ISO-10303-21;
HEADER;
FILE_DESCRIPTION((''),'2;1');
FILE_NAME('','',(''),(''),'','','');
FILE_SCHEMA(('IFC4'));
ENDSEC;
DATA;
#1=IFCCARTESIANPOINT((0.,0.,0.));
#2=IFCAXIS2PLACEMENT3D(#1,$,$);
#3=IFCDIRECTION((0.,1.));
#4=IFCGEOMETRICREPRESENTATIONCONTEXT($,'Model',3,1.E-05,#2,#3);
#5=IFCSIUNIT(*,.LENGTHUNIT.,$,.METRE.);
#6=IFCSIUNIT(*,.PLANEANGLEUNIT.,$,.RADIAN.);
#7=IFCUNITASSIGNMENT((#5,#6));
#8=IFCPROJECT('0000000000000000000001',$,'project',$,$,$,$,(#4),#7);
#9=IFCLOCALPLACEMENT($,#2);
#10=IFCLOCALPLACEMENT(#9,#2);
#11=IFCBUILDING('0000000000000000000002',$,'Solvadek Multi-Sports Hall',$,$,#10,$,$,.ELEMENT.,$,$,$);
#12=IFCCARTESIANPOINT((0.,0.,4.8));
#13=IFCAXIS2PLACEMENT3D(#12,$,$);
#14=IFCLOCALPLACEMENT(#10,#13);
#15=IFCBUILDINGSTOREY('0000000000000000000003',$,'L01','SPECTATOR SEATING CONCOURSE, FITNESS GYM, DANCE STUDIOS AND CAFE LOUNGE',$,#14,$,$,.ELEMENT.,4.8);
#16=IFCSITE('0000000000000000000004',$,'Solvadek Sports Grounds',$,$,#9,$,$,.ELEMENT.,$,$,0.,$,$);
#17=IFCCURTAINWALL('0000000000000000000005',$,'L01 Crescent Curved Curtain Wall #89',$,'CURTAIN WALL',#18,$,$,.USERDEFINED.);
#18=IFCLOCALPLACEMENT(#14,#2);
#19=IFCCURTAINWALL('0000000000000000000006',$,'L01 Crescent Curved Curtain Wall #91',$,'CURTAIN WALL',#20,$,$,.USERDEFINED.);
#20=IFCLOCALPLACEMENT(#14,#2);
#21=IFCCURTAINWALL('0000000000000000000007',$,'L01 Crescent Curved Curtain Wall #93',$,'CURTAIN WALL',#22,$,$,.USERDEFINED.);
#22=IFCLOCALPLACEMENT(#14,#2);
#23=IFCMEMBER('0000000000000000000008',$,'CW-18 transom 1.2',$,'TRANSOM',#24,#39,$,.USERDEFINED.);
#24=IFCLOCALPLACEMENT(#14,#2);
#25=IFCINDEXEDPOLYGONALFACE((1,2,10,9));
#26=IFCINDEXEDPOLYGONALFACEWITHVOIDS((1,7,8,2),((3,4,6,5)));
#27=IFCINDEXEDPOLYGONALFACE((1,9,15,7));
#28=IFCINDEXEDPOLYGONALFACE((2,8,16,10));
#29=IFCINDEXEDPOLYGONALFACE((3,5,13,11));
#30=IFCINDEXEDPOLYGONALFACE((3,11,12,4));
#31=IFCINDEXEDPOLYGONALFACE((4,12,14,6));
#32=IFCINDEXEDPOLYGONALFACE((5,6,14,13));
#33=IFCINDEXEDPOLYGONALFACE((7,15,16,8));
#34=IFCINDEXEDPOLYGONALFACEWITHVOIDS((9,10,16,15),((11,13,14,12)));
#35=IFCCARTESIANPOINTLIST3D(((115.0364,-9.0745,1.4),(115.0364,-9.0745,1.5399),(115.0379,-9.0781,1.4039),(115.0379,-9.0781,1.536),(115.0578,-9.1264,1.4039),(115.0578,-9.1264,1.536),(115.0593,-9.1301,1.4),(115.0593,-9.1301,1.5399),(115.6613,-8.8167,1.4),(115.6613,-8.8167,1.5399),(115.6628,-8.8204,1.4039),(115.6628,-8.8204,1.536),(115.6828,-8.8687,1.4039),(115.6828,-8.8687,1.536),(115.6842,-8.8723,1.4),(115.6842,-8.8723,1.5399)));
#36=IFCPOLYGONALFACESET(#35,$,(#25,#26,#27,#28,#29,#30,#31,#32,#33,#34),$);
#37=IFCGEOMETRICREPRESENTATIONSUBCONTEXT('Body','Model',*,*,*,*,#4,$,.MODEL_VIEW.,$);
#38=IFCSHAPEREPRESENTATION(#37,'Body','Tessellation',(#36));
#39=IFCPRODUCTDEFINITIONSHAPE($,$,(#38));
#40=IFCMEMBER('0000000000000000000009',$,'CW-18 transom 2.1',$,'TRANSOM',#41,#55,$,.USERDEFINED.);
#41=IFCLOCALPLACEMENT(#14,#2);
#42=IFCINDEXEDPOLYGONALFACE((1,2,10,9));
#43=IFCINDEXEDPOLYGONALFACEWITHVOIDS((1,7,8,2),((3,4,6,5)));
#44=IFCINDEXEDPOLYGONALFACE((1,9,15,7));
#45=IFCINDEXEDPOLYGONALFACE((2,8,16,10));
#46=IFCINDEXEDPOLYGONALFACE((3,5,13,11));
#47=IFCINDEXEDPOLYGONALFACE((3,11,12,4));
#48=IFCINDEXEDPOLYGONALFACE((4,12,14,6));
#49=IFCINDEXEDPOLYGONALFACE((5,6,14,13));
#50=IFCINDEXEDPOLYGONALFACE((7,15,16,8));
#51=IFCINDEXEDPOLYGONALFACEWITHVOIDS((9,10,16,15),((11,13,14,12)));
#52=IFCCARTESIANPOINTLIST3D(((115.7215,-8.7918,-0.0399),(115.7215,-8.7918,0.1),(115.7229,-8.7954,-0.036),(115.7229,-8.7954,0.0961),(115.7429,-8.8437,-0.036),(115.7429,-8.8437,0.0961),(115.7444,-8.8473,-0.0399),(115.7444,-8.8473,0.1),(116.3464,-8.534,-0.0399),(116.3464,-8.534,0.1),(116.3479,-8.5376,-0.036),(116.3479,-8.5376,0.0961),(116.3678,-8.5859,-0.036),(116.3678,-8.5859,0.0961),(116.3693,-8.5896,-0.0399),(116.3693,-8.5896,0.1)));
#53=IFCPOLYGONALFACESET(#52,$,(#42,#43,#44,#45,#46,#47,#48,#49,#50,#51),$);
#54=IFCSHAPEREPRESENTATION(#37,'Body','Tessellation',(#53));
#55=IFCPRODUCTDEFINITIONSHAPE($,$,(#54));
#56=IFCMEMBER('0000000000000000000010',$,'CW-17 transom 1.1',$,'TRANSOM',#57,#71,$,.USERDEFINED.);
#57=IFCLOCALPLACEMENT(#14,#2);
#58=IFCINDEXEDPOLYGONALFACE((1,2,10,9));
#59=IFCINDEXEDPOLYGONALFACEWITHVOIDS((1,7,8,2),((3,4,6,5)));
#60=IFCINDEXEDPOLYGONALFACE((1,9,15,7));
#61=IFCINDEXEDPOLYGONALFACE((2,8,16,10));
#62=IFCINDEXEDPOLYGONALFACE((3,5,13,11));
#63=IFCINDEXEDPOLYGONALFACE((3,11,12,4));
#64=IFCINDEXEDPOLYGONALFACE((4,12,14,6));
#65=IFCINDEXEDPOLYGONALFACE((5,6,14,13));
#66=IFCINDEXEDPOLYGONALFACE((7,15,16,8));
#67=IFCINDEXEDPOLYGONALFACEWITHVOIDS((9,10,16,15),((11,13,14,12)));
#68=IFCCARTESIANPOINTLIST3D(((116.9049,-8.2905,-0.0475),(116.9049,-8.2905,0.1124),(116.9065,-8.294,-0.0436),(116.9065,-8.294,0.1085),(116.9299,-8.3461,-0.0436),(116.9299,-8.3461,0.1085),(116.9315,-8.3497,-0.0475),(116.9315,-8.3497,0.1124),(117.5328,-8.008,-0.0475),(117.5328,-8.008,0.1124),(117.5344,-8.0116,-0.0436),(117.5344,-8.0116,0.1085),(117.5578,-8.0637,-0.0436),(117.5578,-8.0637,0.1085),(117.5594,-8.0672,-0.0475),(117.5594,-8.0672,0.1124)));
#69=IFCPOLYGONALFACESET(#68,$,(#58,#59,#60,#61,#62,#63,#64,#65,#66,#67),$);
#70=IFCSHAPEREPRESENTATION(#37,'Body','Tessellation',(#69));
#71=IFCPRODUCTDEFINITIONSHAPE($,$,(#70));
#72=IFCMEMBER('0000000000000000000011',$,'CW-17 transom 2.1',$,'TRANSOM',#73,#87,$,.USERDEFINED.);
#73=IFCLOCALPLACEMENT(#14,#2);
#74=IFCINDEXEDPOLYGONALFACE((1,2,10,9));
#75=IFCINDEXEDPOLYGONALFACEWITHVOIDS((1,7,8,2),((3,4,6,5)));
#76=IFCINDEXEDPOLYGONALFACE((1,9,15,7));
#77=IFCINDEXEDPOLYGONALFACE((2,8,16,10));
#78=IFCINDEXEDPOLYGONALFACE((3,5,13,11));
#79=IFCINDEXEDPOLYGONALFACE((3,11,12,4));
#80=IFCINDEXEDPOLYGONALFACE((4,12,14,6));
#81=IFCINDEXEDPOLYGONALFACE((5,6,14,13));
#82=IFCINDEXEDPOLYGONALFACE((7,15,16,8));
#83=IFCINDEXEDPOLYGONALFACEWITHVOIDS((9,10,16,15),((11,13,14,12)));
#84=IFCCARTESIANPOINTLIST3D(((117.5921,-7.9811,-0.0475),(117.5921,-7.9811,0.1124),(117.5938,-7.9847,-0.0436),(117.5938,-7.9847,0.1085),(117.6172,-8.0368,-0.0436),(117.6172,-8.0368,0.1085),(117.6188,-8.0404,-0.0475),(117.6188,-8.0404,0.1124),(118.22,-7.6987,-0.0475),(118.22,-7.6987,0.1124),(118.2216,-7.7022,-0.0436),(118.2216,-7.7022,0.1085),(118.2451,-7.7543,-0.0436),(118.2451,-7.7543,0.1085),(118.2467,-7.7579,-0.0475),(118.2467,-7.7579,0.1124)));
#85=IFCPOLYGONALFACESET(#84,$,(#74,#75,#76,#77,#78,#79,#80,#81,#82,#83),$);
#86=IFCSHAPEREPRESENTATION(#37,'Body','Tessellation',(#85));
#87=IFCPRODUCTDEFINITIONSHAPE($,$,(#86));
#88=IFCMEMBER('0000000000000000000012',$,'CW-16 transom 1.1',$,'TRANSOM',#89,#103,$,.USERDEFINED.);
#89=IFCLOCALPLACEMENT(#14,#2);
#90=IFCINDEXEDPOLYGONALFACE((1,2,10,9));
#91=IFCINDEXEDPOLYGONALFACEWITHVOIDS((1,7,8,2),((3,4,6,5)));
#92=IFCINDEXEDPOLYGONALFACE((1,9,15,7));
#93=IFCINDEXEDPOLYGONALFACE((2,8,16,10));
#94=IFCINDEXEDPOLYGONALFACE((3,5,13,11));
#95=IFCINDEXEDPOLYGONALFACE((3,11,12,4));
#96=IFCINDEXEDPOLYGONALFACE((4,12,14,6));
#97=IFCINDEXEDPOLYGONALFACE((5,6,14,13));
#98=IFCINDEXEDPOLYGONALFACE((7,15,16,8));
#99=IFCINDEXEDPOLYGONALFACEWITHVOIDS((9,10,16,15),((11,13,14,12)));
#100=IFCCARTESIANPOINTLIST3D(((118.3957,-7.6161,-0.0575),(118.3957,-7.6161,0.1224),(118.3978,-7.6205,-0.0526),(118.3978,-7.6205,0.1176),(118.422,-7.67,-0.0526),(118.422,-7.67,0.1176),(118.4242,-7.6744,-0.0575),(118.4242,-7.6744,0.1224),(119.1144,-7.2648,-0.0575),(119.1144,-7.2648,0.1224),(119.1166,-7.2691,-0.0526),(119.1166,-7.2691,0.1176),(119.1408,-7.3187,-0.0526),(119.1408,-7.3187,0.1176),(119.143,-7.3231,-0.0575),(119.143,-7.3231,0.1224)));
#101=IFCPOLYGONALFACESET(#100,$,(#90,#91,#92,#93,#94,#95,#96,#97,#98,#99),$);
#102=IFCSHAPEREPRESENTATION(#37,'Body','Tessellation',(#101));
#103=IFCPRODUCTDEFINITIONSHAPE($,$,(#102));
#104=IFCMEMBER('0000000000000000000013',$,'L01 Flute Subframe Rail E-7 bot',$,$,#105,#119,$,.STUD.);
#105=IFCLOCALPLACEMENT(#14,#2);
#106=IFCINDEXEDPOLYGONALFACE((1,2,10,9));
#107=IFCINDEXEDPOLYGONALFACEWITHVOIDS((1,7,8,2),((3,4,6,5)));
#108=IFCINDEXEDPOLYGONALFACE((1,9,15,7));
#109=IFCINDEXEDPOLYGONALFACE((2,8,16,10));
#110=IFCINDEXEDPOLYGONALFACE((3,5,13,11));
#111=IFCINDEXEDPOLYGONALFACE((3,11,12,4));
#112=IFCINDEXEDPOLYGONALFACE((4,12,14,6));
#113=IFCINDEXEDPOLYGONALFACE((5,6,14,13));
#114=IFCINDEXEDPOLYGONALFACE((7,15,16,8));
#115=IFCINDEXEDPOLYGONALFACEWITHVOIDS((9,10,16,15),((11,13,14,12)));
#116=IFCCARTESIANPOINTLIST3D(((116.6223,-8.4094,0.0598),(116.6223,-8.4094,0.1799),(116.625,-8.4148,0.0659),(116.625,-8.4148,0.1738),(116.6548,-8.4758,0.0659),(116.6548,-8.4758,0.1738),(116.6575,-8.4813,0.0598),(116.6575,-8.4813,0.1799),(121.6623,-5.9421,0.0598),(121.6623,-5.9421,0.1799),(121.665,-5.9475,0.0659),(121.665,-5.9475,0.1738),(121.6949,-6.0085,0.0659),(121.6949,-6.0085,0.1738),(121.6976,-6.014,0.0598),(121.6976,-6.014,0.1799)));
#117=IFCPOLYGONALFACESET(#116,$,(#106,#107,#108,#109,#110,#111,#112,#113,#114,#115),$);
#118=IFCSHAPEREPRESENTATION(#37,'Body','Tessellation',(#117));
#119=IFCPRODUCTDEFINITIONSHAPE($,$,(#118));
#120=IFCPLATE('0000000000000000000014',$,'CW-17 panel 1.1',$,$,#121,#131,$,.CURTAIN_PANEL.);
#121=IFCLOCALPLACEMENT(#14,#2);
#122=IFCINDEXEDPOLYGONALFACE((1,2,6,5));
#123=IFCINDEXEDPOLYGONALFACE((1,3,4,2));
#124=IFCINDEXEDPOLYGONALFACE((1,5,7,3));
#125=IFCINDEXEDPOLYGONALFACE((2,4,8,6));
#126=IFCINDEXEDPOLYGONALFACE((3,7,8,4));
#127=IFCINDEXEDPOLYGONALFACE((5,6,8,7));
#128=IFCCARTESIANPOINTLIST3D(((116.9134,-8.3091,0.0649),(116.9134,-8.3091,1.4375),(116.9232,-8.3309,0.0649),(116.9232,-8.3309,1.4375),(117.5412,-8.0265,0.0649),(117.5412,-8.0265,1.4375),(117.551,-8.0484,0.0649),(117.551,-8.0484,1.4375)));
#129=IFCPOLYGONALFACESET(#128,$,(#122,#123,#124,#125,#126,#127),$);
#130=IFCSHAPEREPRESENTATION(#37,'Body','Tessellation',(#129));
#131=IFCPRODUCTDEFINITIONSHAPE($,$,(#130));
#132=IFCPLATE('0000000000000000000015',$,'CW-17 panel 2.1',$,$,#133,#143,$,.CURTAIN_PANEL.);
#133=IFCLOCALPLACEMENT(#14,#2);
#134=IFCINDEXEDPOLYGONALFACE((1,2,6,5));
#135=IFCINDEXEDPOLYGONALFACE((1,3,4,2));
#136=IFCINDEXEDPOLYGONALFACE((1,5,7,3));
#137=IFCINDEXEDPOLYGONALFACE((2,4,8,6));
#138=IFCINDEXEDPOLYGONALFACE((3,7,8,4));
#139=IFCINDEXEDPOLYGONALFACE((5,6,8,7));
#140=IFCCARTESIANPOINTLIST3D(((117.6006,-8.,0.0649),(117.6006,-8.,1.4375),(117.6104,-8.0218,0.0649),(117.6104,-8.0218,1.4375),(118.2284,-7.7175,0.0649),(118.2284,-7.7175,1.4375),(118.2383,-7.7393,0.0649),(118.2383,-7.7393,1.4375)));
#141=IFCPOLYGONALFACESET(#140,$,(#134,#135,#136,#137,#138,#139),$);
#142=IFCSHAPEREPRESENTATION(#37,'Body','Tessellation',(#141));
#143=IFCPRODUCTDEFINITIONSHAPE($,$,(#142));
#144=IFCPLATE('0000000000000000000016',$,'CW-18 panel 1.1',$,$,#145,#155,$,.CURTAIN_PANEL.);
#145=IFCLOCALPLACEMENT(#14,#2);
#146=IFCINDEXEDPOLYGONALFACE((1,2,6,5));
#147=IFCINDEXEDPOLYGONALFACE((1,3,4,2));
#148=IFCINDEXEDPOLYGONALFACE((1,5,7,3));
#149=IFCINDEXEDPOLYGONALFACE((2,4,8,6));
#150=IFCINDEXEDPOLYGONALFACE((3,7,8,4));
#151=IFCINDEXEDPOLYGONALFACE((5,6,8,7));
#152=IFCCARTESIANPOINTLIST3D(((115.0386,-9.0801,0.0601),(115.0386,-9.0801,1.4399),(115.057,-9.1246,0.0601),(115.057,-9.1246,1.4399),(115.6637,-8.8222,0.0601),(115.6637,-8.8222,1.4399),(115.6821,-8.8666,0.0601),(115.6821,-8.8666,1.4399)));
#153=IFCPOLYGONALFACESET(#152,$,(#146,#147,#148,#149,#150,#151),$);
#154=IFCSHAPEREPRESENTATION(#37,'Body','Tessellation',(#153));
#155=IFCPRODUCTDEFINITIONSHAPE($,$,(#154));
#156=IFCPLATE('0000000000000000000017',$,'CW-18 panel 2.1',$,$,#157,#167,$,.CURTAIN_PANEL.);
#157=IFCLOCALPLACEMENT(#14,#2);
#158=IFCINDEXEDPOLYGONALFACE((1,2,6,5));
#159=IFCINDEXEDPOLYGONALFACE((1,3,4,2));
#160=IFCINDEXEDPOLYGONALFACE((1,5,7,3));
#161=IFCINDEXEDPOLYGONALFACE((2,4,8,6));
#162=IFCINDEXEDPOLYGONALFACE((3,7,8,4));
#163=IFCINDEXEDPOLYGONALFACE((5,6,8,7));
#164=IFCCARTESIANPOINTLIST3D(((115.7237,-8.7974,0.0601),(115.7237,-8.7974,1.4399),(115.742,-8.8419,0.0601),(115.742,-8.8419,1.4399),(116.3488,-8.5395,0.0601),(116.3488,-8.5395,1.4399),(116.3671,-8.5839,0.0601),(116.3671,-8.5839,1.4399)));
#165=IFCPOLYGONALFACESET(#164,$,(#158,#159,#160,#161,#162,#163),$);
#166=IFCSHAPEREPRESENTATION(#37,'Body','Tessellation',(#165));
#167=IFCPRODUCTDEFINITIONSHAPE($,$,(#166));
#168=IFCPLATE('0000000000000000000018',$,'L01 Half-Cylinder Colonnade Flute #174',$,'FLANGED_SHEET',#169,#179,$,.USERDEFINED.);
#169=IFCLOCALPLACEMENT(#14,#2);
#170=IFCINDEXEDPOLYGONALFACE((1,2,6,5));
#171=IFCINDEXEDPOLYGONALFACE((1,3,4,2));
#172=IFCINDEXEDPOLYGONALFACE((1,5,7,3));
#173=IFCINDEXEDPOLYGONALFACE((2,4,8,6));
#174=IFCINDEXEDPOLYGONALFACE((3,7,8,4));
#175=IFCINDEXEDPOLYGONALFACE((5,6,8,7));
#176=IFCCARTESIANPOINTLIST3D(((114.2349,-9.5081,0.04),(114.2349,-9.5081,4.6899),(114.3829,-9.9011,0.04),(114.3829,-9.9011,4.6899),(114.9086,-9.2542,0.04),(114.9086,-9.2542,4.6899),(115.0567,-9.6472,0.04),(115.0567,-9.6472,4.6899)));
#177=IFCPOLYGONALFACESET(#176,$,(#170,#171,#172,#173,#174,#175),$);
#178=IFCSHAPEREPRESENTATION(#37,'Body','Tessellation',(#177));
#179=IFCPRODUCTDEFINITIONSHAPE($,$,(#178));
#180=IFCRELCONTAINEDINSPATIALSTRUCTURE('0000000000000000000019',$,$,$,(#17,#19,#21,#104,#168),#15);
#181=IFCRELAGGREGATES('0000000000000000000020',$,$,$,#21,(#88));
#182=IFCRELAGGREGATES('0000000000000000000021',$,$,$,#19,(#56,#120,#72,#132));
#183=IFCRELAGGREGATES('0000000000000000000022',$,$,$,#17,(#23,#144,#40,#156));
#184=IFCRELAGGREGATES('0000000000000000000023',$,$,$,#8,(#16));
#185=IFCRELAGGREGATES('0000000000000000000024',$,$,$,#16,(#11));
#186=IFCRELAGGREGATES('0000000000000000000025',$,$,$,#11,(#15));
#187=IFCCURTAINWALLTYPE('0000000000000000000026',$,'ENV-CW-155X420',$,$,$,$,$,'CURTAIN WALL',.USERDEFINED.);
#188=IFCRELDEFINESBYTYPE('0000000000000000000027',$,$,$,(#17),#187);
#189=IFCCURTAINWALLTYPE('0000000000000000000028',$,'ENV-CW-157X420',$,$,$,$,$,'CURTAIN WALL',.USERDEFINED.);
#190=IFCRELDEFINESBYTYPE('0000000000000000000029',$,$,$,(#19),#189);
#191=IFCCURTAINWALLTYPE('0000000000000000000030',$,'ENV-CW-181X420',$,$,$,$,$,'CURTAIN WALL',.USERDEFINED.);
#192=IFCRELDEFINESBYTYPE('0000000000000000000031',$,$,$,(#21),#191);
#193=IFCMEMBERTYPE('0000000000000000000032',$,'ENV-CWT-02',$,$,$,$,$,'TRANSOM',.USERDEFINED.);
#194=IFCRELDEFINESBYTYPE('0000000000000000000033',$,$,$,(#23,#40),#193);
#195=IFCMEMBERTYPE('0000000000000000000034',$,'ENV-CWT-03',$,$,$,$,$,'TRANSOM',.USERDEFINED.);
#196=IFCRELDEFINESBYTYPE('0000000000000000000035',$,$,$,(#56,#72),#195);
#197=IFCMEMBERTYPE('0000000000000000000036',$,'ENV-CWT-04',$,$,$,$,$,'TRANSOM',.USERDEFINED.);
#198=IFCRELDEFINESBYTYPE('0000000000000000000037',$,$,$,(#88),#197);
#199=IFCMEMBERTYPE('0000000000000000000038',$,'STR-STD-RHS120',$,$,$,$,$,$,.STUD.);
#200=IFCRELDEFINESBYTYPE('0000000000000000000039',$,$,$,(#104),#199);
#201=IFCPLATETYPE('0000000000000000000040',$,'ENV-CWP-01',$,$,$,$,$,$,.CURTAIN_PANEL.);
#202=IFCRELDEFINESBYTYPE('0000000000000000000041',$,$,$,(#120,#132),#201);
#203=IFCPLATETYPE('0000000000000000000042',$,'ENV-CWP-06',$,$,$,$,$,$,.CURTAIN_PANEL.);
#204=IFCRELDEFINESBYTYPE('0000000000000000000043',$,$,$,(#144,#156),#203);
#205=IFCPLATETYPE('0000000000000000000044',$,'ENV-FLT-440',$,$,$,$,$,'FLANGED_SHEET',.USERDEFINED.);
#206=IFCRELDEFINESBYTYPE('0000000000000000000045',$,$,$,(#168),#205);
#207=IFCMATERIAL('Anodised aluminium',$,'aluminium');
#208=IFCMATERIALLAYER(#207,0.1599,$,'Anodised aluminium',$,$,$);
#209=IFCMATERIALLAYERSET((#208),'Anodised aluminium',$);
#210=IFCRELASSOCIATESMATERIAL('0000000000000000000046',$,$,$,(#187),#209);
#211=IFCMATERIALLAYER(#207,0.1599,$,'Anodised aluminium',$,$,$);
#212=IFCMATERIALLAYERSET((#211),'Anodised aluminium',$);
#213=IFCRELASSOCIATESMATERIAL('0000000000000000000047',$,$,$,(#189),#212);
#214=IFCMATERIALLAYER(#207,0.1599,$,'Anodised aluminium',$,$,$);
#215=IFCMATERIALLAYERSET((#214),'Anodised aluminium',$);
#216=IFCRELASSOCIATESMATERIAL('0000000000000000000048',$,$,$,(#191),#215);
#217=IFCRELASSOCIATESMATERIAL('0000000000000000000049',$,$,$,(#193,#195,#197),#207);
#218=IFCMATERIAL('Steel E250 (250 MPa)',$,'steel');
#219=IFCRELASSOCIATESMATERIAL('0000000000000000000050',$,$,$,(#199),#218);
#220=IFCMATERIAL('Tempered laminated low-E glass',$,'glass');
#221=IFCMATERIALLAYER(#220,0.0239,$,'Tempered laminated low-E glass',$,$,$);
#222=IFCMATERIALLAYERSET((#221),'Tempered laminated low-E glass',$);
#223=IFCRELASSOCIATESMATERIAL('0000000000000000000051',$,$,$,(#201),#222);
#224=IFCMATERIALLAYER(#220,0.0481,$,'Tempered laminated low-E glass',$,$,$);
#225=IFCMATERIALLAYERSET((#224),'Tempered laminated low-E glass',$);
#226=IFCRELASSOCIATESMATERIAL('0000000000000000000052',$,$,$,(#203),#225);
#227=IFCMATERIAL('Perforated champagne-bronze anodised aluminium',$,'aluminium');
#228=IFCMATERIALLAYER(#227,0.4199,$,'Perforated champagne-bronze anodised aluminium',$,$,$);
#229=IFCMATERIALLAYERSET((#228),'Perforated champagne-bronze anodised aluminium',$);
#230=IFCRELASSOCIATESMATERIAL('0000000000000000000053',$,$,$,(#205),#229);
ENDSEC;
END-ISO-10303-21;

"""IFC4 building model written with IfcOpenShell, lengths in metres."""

from ifc_helpers import new_model, si_unit, direction, frame, origin, origin_2d, place, context, subcontext, project, spatial, rectangle, hollow_rectangle, extrude, material, layer, layer_set, material_profile, profile_set, type_object, element, aggregate, save


model = new_model("IFC4")

# Units and contexts
model_context = context("Model", 3, precision=1e-05, world=origin(), true_north=direction((0.0, 1.0)))
body_context = subcontext(model_context, "Body", "Model", "MODEL_VIEW")
ifc_project = project(units=[si_unit("LENGTHUNIT", "METRE"), si_unit("PLANEANGLEUNIT", "RADIAN")], contexts=[model_context])

# Site, building, storey
site_placement = place(None, origin())
site = spatial("IfcSite", under=ifc_project, at=site_placement, Name="Solvadek Sports Grounds", CompositionType="ELEMENT", RefElevation=0.0)
building_placement = place(site_placement, origin())
building = spatial("IfcBuilding", under=site, at=building_placement, Name="Solvadek Multi-Sports Hall", CompositionType="ELEMENT")
storey_placement = place(building_placement, frame((0.0, 0.0, 4.8)))
storey = spatial("IfcBuildingStorey", under=building, at=storey_placement, Name="L01", Description="SPECTATOR SEATING CONCOURSE, FITNESS GYM, DANCE STUDIOS AND CAFE LOUNGE", CompositionType="ELEMENT", Elevation=4.8)

# Shared definitions
ifc_material_1 = material(Name="Anodised aluminium", Category="aluminium")

# Curtain walls
ifc_layer_1 = layer(ifc_material_1, 0.1599, Name="Anodised aluminium")
ifc_layer_set_1 = layer_set([ifc_layer_1], Name="Anodised aluminium")
curtain_wall_type_1 = type_object("IfcCurtainWallType", Name="ENV-CW-155X420", ElementType="CURTAIN WALL", PredefinedType="USERDEFINED", material=ifc_layer_set_1)
curtain_wall_1_placement = place(storey_placement, origin())
curtain_wall_1 = element("IfcCurtainWall", 1, at=curtain_wall_1_placement, inside=storey, type_object=curtain_wall_type_1, Name="L01 Crescent Curved Curtain Wall #89", ObjectType="CURTAIN WALL", PredefinedType="USERDEFINED")
ifc_layer_2 = layer(ifc_material_1, 0.1599, Name="Anodised aluminium")
ifc_layer_set_2 = layer_set([ifc_layer_2], Name="Anodised aluminium")
curtain_wall_type_2 = type_object("IfcCurtainWallType", Name="ENV-CW-157X420", ElementType="CURTAIN WALL", PredefinedType="USERDEFINED", material=ifc_layer_set_2)
curtain_wall_2_placement = place(storey_placement, origin())
curtain_wall_2 = element("IfcCurtainWall", 2, at=curtain_wall_2_placement, inside=storey, type_object=curtain_wall_type_2, Name="L01 Crescent Curved Curtain Wall #91", ObjectType="CURTAIN WALL", PredefinedType="USERDEFINED")

# Curtain wall
ifc_layer_3 = layer(ifc_material_1, 0.1599, Name="Anodised aluminium")
ifc_layer_set_3 = layer_set([ifc_layer_3], Name="Anodised aluminium")
curtain_wall_type_3 = type_object("IfcCurtainWallType", Name="ENV-CW-181X420", ElementType="CURTAIN WALL", PredefinedType="USERDEFINED", material=ifc_layer_set_3)
curtain_wall_3_placement = place(storey_placement, origin())
curtain_wall_3 = element("IfcCurtainWall", 3, at=curtain_wall_3_placement, inside=storey, type_object=curtain_wall_type_3, Name="L01 Crescent Curved Curtain Wall #93", ObjectType="CURTAIN WALL", PredefinedType="USERDEFINED")

# Members
ifc_material_profile_1 = material_profile(ifc_material_1, hollow_rectangle(XDim=0.0601, YDim=0.1399, WallThickness=0.0039, at=origin_2d()), Name="ALU-T 140x60x4")
ifc_profile_set_1 = profile_set([ifc_material_profile_1], Name="Anodised aluminium")
member_type_1 = type_object("IfcMemberType", Name="ENV-CWT-02", ElementType="TRANSOM", PredefinedType="USERDEFINED", material=ifc_profile_set_1)
member_1_placement = place(storey_placement, frame((115.0479, -9.1023, 1.47), z_axis=(0.924439, 0.381331, 0.0), x_axis=(-0.381331, 0.924439, 0.0)))
member_1 = element("IfcMember", 4, at=member_1_placement, type_object=member_type_1, Name="CW-18 transom 1.2", ObjectType="TRANSOM", PredefinedType="USERDEFINED", context=body_context, shape_type="SweptSolid", body=[
    extrude(hollow_rectangle(XDim=0.0601, YDim=0.1399, WallThickness=0.0039, at=origin_2d()), origin(), (0.0, 0.0, 1.0), 0.676),
])
member_2_placement = place(storey_placement, frame((115.7329, -8.8196, 0.03), z_axis=(0.924439, 0.381331, 0.0), x_axis=(-0.381331, 0.924439, 0.0)))
member_2 = element("IfcMember", 5, at=member_2_placement, type_object=member_type_1, Name="CW-18 transom 2.1", ObjectType="TRANSOM", PredefinedType="USERDEFINED", context=body_context, shape_type="SweptSolid", body=[
    extrude(hollow_rectangle(XDim=0.0601, YDim=0.1399, WallThickness=0.0039, at=origin_2d()), origin(), (0.0, 0.0, 1.0), 0.676),
])
ifc_material_profile_2 = material_profile(ifc_material_1, hollow_rectangle(XDim=0.0649, YDim=0.1599, WallThickness=0.0039, at=origin_2d()), Name="ALU-T 160x65x4")
ifc_profile_set_2 = profile_set([ifc_material_profile_2], Name="Anodised aluminium")
member_type_2 = type_object("IfcMemberType", Name="ENV-CWT-03", ElementType="TRANSOM", PredefinedType="USERDEFINED", material=ifc_profile_set_2)
member_3_placement = place(storey_placement, frame((116.9182, -8.3201, 0.0325), z_axis=(0.911975, 0.410247, 0.0), x_axis=(-0.410247, 0.911975, 0.0)))
member_3 = element("IfcMember", 6, at=member_3_placement, type_object=member_type_2, Name="CW-17 transom 1.1", ObjectType="TRANSOM", PredefinedType="USERDEFINED", context=body_context, shape_type="SweptSolid", body=[
    extrude(hollow_rectangle(XDim=0.0649, YDim=0.1599, WallThickness=0.0039, at=origin_2d()), origin(), (0.0, 0.0, 1.0), 0.6885),
])
member_4_placement = place(storey_placement, frame((117.6055, -8.0107, 0.0325), z_axis=(0.911975, 0.410247, 0.0), x_axis=(-0.410247, 0.911975, 0.0)))
member_4 = element("IfcMember", 7, at=member_4_placement, type_object=member_type_2, Name="CW-17 transom 2.1", ObjectType="TRANSOM", PredefinedType="USERDEFINED", context=body_context, shape_type="SweptSolid", body=[
    extrude(hollow_rectangle(XDim=0.0649, YDim=0.1599, WallThickness=0.0039, at=origin_2d()), origin(), (0.0, 0.0, 1.0), 0.6885),
])
ifc_material_profile_3 = material_profile(ifc_material_1, hollow_rectangle(XDim=0.0649, YDim=0.1799, WallThickness=0.0049, at=origin_2d()), Name="ALU-T 180x65x5")
ifc_profile_set_3 = profile_set([ifc_material_profile_3], Name="Anodised aluminium")
member_type_3 = type_object("IfcMemberType", Name="ENV-CWT-04", ElementType="TRANSOM", PredefinedType="USERDEFINED", material=ifc_profile_set_3)
member_5_placement = place(storey_placement, frame((118.4099, -7.6453, 0.0325), z_axis=(0.898419, 0.439139, 0.0), x_axis=(-0.439139, 0.898419, 0.0)))
member_5 = element("IfcMember", 8, at=member_5_placement, type_object=member_type_3, Name="CW-16 transom 1.1", ObjectType="TRANSOM", PredefinedType="USERDEFINED", context=body_context, shape_type="SweptSolid", body=[
    extrude(hollow_rectangle(XDim=0.0649, YDim=0.1799, WallThickness=0.0049, at=origin_2d()), origin(), (0.0, 0.0, 1.0), 0.8),
])
aggregate(curtain_wall_3, [member_5])
ifc_material_2 = material(Name="Steel E250 (250 MPa)", Category="steel")
ifc_material_profile_4 = material_profile(ifc_material_2, hollow_rectangle(XDim=0.0801, YDim=0.1201, WallThickness=0.0061, at=origin_2d()), Name="RHS 120x80x6")
ifc_profile_set_4 = profile_set([ifc_material_profile_4], Name="Steel E250 (250 MPa)")
member_type_4 = type_object("IfcMemberType", Name="STR-STD-RHS120", PredefinedType="STUD", material=ifc_profile_set_4)
member_6_placement = place(storey_placement, frame((116.6399, -8.4453, 0.1199), z_axis=(0.898155, 0.43968, 0.0), x_axis=(-0.43968, 0.898155, 0.0)))
element("IfcMember", 9, at=member_6_placement, inside=storey, type_object=member_type_4, Name="L01 Flute Subframe Rail E-7 bot", PredefinedType="STUD", context=body_context, shape_type="SweptSolid", body=[
    extrude(hollow_rectangle(XDim=0.0801, YDim=0.1201, WallThickness=0.0061, at=origin_2d()), origin(), (0.0, 0.0, 1.0), 5.6116),
])

# Plates
ifc_material_3 = material(Name="Tempered laminated low-E glass", Category="glass")
ifc_layer_4 = layer(ifc_material_3, 0.0239, Name="Tempered laminated low-E glass")
ifc_layer_set_4 = layer_set([ifc_layer_4], Name="Tempered laminated low-E glass")
plate_type_1 = type_object("IfcPlateType", Name="ENV-CWP-01", PredefinedType="CURTAIN_PANEL", material=ifc_layer_set_4)
plate_1_placement = place(storey_placement, frame((117.2322, -8.1787, 0.0649), z_axis=(0.0, 0.0, 1.0), x_axis=(0.911913, 0.410383, 0.0)))
plate_1 = element("IfcPlate", 10, at=plate_1_placement, type_object=plate_type_1, Name="CW-17 panel 1.1", PredefinedType="CURTAIN_PANEL", context=body_context, shape_type="SweptSolid", body=[
    extrude(rectangle(XDim=0.6885, YDim=0.0239, at=origin_2d()), origin(), (0.0, 0.0, 1.0), 1.3726),
])
plate_2_placement = place(storey_placement, frame((117.9194, -7.8696, 0.0649), z_axis=(0.0, 0.0, 1.0), x_axis=(0.911913, 0.410383, 0.0)))
plate_2 = element("IfcPlate", 11, at=plate_2_placement, type_object=plate_type_1, Name="CW-17 panel 2.1", PredefinedType="CURTAIN_PANEL", context=body_context, shape_type="SweptSolid", body=[
    extrude(rectangle(XDim=0.6885, YDim=0.0239, at=origin_2d()), origin(), (0.0, 0.0, 1.0), 1.3726),
])
aggregate(curtain_wall_2, [member_3, plate_1, member_4, plate_2])
ifc_layer_5 = layer(ifc_material_3, 0.0481, Name="Tempered laminated low-E glass")
ifc_layer_set_5 = layer_set([ifc_layer_5], Name="Tempered laminated low-E glass")
plate_type_2 = type_object("IfcPlateType", Name="ENV-CWP-06", PredefinedType="CURTAIN_PANEL", material=ifc_layer_set_5)
plate_3_placement = place(storey_placement, frame((115.3604, -8.9734, 0.0601), z_axis=(0.0, 0.0, 1.0), x_axis=(0.924379, 0.381475, 0.0)))
plate_3 = element("IfcPlate", 12, at=plate_3_placement, type_object=plate_type_2, Name="CW-18 panel 1.1", PredefinedType="CURTAIN_PANEL", context=body_context, shape_type="SweptSolid", body=[
    extrude(rectangle(XDim=0.6763, YDim=0.0481, at=origin_2d()), origin(), (0.0, 0.0, 1.0), 1.3799),
])
plate_4_placement = place(storey_placement, frame((116.0454, -8.6907, 0.0601), z_axis=(0.0, 0.0, 1.0), x_axis=(0.924379, 0.381475, 0.0)))
plate_4 = element("IfcPlate", 13, at=plate_4_placement, type_object=plate_type_2, Name="CW-18 panel 2.1", PredefinedType="CURTAIN_PANEL", context=body_context, shape_type="SweptSolid", body=[
    extrude(rectangle(XDim=0.6763, YDim=0.0481, at=origin_2d()), origin(), (0.0, 0.0, 1.0), 1.3799),
])
aggregate(curtain_wall_1, [member_1, plate_3, member_2, plate_4])

# Plate
ifc_material_4 = material(Name="Perforated champagne-bronze anodised aluminium", Category="aluminium")
ifc_layer_6 = layer(ifc_material_4, 0.4199, Name="Perforated champagne-bronze anodised aluminium")
ifc_layer_set_6 = layer_set([ifc_layer_6], Name="Perforated champagne-bronze anodised aluminium")
plate_type_3 = type_object("IfcPlateType", Name="ENV-FLT-440", ElementType="FLANGED_SHEET", PredefinedType="USERDEFINED", material=ifc_layer_set_6)
for number, where, z_axis, x_axis, name in (
    (14, (114.6458, -9.5776, 0.04), (0.0, 0.0, 1.0), (0.93576, 0.352637, 0.0), "L01 Half-Cylinder Colonnade Flute #174"),
):
    element("IfcPlate", number, at=place(storey_placement, frame(where, z_axis=z_axis, x_axis=x_axis)), inside=storey, type_object=plate_type_3, Name=name, ObjectType="FLANGED_SHEET", PredefinedType="USERDEFINED", context=body_context, shape_type="SweptSolid", body=[
        extrude(rectangle(XDim=0.72, YDim=0.4199, at=origin_2d()), origin(), (0.0, 0.0, 1.0), 4.6499),
    ])

save(model, "model.ifc")
